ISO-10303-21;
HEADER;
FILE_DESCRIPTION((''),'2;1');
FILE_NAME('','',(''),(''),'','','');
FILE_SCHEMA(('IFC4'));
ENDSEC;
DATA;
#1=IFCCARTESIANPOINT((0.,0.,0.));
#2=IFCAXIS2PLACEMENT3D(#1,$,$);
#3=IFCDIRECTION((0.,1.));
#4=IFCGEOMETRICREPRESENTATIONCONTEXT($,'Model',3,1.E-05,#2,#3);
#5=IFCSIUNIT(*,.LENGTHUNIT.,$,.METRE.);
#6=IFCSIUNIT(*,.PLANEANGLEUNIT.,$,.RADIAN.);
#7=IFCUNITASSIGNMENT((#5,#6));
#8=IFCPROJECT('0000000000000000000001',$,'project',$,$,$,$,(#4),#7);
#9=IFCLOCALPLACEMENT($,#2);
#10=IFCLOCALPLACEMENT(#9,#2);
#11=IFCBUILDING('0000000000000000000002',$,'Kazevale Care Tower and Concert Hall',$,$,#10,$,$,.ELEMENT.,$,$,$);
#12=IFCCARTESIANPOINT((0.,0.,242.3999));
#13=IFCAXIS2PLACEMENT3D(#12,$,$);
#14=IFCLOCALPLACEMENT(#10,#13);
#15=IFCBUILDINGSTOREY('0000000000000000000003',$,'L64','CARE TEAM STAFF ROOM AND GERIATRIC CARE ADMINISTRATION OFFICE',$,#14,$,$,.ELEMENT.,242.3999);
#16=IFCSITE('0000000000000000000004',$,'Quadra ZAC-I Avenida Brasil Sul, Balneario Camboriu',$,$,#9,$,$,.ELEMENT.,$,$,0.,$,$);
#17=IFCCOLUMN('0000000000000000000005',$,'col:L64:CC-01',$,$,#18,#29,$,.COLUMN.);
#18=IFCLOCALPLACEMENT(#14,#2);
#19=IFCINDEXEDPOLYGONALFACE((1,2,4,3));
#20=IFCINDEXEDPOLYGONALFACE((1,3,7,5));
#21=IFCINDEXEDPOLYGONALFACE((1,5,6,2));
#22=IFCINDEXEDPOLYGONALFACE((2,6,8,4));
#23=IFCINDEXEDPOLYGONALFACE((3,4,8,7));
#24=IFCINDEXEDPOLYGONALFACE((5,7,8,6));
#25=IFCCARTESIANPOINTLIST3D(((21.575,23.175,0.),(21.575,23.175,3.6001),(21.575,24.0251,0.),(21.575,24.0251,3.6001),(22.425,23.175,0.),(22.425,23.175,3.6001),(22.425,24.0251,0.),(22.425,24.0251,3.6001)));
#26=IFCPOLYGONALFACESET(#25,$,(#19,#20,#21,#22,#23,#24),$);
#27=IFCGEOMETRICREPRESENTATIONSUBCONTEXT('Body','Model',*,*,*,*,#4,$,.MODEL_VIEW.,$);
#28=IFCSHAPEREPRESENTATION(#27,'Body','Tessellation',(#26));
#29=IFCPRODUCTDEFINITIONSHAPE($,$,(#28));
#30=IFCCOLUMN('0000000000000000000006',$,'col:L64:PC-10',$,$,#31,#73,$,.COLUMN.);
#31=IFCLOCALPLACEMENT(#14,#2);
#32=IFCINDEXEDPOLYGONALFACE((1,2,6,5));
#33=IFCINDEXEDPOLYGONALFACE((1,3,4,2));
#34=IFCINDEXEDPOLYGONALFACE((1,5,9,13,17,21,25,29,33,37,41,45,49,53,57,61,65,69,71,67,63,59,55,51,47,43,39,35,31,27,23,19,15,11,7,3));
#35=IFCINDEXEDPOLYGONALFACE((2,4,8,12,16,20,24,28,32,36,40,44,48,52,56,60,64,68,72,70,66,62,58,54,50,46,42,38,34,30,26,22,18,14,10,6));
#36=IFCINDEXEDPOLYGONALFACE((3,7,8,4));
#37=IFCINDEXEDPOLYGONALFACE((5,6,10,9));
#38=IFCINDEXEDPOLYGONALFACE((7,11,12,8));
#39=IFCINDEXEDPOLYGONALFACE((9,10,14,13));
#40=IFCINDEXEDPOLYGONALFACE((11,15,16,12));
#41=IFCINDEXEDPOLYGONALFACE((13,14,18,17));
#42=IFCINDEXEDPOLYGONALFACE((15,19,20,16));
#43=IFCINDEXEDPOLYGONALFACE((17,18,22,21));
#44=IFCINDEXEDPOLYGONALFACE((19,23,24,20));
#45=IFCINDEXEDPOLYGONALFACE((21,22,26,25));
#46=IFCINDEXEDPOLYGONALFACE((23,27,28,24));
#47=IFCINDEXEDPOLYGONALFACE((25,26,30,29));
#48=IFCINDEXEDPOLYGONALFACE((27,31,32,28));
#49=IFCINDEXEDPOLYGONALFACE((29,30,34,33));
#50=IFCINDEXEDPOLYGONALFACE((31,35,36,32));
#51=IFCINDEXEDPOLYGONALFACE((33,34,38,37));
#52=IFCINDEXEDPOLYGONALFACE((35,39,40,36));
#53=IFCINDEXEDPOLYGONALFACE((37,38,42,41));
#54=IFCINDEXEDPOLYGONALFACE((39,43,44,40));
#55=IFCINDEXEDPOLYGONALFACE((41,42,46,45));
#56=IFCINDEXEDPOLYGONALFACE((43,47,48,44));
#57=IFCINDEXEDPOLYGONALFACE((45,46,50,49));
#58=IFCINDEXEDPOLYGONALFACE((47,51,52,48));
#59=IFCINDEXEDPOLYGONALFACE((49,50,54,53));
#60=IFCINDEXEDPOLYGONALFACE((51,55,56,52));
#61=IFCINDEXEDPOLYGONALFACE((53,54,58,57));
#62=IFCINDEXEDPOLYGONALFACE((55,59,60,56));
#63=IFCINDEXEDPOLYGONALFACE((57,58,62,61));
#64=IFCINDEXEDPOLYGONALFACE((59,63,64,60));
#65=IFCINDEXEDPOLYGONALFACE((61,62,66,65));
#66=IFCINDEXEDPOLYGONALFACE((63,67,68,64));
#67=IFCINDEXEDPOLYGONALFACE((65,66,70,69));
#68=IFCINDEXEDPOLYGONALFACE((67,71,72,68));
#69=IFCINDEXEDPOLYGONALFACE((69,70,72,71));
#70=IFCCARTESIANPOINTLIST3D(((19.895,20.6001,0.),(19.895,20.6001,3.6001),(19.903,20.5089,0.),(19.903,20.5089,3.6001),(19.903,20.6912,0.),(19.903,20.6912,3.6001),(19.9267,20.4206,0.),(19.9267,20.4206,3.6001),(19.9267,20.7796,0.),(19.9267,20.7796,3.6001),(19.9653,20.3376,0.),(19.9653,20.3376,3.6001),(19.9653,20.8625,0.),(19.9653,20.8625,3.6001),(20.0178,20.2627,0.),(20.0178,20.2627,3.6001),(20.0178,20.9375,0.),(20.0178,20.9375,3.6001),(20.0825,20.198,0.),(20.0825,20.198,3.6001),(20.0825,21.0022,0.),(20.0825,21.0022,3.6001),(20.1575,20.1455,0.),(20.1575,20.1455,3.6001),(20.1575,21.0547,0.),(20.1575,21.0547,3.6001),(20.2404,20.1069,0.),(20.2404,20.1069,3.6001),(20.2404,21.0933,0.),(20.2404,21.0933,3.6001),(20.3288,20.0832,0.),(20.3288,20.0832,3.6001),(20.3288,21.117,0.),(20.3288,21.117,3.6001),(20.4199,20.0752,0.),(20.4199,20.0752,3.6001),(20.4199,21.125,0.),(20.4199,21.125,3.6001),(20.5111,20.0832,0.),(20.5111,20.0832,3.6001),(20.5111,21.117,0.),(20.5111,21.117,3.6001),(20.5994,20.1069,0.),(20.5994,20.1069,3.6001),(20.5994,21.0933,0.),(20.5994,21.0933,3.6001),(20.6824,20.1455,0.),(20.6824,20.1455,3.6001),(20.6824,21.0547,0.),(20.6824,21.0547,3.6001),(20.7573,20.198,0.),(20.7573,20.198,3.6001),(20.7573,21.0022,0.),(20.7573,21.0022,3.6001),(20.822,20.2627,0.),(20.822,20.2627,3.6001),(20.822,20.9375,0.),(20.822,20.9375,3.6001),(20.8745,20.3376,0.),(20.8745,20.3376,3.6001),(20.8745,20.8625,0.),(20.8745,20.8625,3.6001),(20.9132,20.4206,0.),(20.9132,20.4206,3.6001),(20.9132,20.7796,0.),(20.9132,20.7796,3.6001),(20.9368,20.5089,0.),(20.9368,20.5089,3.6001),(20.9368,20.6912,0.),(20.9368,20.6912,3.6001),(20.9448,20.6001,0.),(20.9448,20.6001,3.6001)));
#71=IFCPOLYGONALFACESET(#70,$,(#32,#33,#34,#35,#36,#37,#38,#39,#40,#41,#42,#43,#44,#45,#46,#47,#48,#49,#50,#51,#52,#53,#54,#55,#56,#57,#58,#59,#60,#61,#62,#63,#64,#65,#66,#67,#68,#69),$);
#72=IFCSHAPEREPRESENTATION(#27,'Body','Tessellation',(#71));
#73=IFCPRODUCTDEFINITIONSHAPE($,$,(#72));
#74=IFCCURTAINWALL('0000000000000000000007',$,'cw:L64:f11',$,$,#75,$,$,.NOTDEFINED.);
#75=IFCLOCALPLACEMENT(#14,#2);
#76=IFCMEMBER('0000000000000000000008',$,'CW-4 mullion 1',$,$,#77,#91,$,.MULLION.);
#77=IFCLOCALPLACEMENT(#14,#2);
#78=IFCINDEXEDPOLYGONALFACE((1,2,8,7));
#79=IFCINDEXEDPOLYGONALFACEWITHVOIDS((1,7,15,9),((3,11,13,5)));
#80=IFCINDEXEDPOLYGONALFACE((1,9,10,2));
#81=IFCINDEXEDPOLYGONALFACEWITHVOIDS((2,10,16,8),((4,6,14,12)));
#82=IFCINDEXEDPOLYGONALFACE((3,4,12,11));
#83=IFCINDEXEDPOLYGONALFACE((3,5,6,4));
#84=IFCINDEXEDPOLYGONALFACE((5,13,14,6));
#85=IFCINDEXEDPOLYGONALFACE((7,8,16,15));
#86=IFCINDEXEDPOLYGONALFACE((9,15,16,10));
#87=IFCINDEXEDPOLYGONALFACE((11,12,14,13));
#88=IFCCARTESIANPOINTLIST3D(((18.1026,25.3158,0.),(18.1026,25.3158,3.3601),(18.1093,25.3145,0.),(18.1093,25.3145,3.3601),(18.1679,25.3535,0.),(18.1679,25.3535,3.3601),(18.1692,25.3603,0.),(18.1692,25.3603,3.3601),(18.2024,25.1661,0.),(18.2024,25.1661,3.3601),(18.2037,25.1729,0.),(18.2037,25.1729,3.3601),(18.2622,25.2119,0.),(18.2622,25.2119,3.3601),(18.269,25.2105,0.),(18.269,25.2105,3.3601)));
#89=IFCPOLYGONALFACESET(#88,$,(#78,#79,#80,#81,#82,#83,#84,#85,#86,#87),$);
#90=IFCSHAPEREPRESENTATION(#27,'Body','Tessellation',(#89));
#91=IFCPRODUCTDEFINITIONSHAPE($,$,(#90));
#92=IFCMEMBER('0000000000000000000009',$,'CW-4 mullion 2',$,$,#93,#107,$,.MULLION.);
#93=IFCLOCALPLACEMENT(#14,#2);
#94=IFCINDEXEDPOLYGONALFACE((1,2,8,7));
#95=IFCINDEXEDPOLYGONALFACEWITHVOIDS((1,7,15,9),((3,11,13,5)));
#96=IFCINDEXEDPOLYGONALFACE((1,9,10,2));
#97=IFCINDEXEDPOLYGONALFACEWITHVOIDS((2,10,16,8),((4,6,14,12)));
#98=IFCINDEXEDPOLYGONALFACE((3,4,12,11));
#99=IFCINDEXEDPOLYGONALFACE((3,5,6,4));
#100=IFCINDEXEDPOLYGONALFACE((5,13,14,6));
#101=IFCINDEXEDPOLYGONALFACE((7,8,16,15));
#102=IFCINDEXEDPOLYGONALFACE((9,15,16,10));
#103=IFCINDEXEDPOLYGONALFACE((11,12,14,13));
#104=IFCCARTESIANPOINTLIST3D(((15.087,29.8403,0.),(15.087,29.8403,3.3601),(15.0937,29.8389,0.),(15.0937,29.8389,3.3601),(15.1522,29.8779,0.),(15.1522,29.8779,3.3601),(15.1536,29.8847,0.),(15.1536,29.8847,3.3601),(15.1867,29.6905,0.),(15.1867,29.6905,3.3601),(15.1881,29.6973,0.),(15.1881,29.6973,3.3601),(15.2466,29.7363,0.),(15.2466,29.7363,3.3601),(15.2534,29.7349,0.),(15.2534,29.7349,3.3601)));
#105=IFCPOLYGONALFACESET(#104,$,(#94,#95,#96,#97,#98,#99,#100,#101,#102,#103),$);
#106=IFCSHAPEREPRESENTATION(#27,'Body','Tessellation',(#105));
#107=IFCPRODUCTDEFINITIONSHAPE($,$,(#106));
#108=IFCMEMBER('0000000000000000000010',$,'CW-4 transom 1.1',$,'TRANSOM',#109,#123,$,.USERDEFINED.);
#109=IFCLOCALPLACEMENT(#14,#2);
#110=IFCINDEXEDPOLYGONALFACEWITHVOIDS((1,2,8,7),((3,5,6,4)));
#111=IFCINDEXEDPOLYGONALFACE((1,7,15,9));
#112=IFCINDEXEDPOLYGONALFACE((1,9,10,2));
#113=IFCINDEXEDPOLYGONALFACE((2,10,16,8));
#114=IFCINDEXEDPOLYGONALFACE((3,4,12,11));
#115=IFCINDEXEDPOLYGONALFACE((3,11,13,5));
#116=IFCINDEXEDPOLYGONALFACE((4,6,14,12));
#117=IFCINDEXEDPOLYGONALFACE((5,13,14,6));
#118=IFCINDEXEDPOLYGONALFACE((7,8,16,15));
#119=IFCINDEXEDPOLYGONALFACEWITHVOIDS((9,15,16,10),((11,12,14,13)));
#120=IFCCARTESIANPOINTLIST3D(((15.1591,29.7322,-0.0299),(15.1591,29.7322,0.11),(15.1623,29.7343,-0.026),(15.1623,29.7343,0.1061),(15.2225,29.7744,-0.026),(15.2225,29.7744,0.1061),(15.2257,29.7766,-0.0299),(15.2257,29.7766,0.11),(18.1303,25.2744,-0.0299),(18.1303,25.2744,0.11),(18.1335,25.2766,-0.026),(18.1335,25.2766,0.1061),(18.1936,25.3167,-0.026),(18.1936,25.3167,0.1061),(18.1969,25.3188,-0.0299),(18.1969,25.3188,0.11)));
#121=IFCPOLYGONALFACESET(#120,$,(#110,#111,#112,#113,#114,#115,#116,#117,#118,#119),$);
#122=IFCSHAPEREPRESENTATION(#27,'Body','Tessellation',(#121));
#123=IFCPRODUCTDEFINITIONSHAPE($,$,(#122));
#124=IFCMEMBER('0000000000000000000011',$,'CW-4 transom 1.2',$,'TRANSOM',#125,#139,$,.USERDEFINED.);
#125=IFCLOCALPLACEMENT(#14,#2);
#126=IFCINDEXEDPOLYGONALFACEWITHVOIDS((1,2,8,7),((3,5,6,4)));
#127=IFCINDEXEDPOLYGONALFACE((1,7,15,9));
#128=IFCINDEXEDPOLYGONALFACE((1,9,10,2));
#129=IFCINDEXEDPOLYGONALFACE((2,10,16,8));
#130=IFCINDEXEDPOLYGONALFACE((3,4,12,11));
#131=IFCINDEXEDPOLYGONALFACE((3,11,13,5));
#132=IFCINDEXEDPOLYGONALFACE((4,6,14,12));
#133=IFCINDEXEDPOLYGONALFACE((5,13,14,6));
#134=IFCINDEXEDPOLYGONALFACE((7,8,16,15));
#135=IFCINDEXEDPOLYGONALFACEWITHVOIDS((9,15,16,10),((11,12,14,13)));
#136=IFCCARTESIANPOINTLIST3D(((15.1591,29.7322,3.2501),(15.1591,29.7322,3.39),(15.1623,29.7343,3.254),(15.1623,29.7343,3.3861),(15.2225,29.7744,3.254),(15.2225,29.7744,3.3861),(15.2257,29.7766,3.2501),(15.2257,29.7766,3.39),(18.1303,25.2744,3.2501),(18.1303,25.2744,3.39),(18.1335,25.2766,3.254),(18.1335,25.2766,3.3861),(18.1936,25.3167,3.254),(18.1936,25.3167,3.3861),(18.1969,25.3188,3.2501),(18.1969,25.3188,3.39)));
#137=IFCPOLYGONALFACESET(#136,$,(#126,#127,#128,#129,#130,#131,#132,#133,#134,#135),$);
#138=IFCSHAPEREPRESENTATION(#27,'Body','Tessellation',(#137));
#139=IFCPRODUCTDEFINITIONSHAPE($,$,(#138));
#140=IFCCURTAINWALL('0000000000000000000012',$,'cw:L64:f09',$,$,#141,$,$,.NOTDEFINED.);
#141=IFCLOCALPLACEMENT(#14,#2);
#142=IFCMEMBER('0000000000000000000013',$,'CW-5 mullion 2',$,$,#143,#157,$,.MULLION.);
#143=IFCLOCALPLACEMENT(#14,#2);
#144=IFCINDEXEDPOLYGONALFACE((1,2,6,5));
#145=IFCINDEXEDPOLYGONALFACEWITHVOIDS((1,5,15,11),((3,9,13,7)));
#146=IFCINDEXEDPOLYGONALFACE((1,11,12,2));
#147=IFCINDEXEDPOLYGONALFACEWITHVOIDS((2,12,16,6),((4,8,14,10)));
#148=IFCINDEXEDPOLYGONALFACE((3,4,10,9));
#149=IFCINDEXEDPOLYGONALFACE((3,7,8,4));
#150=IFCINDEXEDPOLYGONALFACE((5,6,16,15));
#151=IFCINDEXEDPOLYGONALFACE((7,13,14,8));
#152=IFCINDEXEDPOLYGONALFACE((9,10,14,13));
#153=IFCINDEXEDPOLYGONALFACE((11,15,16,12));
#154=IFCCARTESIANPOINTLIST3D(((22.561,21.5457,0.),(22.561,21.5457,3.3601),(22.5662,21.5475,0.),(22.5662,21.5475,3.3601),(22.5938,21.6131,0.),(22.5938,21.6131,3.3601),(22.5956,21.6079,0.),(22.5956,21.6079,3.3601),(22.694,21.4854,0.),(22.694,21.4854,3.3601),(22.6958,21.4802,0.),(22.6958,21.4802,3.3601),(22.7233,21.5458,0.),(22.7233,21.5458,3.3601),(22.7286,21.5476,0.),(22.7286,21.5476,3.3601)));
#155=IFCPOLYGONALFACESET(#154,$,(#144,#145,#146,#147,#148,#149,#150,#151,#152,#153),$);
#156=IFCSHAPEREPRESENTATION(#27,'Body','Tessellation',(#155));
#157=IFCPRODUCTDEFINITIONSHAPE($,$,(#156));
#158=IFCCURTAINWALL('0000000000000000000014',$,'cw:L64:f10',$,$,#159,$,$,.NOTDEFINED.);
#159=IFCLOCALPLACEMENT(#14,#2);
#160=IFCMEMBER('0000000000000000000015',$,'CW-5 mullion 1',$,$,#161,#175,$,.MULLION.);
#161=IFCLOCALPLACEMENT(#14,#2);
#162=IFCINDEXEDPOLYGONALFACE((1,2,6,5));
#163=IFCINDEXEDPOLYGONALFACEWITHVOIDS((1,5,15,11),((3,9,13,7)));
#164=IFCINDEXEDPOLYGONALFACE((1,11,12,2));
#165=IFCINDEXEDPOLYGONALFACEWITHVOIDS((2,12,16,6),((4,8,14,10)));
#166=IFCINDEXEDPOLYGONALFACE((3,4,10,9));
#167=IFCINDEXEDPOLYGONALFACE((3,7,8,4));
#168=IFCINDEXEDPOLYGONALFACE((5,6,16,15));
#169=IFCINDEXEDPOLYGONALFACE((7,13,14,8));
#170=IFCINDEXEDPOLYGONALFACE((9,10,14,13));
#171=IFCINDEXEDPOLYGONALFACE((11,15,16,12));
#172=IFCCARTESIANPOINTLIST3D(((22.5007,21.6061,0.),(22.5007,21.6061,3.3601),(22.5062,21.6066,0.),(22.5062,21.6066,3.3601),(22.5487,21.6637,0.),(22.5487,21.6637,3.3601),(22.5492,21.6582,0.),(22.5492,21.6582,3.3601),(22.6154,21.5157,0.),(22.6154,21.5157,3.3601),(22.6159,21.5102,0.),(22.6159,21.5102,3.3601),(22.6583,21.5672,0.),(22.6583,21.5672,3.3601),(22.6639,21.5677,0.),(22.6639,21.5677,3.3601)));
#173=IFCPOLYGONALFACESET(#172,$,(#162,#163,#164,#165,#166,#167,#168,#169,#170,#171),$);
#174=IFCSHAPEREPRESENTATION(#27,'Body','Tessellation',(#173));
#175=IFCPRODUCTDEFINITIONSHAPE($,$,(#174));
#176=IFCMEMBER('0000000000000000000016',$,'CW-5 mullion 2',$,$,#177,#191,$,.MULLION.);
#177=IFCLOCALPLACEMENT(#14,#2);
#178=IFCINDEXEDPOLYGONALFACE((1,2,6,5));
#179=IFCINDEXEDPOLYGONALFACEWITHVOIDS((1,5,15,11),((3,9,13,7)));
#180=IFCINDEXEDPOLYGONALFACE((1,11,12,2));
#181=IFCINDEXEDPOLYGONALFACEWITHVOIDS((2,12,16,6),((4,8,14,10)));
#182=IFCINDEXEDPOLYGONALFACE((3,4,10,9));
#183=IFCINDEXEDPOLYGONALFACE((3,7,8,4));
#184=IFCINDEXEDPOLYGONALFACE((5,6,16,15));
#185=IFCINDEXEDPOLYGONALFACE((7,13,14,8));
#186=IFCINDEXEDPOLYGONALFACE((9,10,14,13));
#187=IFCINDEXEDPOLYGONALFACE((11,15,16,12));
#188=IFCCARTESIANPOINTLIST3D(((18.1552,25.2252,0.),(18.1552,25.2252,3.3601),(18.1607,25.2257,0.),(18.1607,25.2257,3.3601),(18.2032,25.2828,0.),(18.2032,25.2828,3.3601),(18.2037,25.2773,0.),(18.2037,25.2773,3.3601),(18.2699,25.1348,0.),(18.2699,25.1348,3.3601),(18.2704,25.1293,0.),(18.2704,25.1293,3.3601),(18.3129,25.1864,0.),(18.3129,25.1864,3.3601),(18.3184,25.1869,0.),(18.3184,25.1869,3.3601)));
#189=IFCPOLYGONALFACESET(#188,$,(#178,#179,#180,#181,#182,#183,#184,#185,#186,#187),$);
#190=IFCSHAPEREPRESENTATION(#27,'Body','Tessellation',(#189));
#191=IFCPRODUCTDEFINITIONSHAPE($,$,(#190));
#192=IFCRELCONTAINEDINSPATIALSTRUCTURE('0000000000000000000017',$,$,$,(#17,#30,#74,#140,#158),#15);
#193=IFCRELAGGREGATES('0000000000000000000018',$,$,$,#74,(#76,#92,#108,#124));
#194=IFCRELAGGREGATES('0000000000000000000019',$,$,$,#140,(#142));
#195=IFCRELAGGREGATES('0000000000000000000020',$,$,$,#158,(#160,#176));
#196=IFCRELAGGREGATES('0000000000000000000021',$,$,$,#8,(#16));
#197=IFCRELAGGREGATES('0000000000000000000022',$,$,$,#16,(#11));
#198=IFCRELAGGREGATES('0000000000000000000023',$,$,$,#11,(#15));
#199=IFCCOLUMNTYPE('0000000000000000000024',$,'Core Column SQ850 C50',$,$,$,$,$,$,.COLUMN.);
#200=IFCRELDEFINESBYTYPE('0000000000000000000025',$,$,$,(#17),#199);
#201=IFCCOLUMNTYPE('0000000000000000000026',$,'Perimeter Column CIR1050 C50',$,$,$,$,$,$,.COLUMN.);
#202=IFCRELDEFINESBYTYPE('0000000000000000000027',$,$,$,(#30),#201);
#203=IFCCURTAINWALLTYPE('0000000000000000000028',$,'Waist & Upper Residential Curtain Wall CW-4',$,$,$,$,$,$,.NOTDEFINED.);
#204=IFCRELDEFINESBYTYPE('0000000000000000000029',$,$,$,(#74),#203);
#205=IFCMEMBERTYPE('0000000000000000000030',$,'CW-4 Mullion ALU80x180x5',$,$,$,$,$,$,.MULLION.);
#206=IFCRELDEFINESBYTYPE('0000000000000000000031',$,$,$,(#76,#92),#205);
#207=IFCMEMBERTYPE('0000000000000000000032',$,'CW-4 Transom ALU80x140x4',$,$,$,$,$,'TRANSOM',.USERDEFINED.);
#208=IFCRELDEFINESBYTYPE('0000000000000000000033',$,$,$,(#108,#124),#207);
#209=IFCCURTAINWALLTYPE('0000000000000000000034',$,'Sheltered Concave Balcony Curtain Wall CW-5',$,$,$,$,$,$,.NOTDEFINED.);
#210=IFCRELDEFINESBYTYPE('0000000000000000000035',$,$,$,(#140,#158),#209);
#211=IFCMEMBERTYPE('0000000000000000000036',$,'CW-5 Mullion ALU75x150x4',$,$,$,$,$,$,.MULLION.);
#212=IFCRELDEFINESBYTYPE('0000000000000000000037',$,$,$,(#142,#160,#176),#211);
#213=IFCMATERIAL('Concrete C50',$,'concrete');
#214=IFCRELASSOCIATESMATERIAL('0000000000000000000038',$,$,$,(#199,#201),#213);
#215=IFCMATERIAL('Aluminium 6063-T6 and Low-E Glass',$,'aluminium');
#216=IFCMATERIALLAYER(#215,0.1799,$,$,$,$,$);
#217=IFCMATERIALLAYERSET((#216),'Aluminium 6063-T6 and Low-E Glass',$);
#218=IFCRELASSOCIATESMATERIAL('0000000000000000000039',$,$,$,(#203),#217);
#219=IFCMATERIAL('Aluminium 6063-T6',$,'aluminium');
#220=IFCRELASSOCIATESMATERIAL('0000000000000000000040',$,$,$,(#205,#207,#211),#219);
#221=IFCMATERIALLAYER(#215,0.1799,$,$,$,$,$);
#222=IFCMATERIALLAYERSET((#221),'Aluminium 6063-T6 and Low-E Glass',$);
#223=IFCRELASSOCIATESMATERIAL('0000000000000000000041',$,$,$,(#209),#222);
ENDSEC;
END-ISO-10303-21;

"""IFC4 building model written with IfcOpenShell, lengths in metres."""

from ifc_helpers import new_model, si_unit, direction, frame, origin, origin_2d, place, context, subcontext, project, spatial, rectangle, hollow_rectangle, circle, extrude, material, layer, layer_set, material_profile, profile_set, type_object, element, aggregate, save


model = new_model("IFC4")

# Units and contexts
model_context = context("Model", 3, precision=1e-05, world=origin(), true_north=direction((0.0, 1.0)))
body_context = subcontext(model_context, "Body", "Model", "MODEL_VIEW")
ifc_project = project(units=[si_unit("LENGTHUNIT", "METRE"), si_unit("PLANEANGLEUNIT", "RADIAN")], contexts=[model_context])

# Site, building, storey
site_placement = place(None, origin())
site = spatial("IfcSite", under=ifc_project, at=site_placement, Name="Quadra ZAC-I Avenida Brasil Sul, Balneario Camboriu", CompositionType="ELEMENT", RefElevation=0.0)
building_placement = place(site_placement, origin())
building = spatial("IfcBuilding", under=site, at=building_placement, Name="Kazevale Care Tower and Concert Hall", CompositionType="ELEMENT")
storey_placement = place(building_placement, frame((0.0, 0.0, 242.3999)))
storey = spatial("IfcBuildingStorey", under=building, at=storey_placement, Name="L64", Description="CARE TEAM STAFF ROOM AND GERIATRIC CARE ADMINISTRATION OFFICE", CompositionType="ELEMENT", Elevation=242.3999)

# Columns
ifc_material_1 = material(Name="Concrete C50", Category="concrete")
ifc_material_profile_1 = material_profile(ifc_material_1, rectangle(XDim=0.8501, YDim=0.8501, at=origin_2d()), Name="RC-SQ850")
ifc_profile_set_1 = profile_set([ifc_material_profile_1], Name="Concrete C50")
column_type_1 = type_object("IfcColumnType", Name="Core Column SQ850 C50", PredefinedType="COLUMN", material=ifc_profile_set_1)
column_1_placement = place(storey_placement, frame((22.0, 23.6001, 0.0), z_axis=(0.0, 0.0, 1.0), x_axis=(1.0, 0.0, 0.0)))
element("IfcColumn", 1, at=column_1_placement, inside=storey, type_object=column_type_1, Name="col:L64:CC-01", PredefinedType="COLUMN", context=body_context, shape_type="SweptSolid", body=[
    extrude(rectangle(XDim=0.8501, YDim=0.8501, at=origin_2d()), origin(), (0.0, 0.0, 1.0), 3.6001),
])
ifc_material_profile_2 = material_profile(ifc_material_1, circle(Radius=0.5249, at=origin_2d()), Name="RC-CIR1050")
ifc_profile_set_2 = profile_set([ifc_material_profile_2], Name="Concrete C50")
column_type_2 = type_object("IfcColumnType", Name="Perimeter Column CIR1050 C50", PredefinedType="COLUMN", material=ifc_profile_set_2)
column_2_placement = place(storey_placement, frame((20.4199, 20.6001, 0.0), z_axis=(0.0, 0.0, 1.0), x_axis=(1.0, 0.0, 0.0)))
element("IfcColumn", 2, at=column_2_placement, inside=storey, type_object=column_type_2, Name="col:L64:PC-10", PredefinedType="COLUMN", context=body_context, shape_type="SweptSolid", body=[
    extrude(circle(Radius=0.5249, at=origin_2d()), origin(), (0.0, 0.0, 1.0), 3.6001),
])

# Curtain wall, members
ifc_material_2 = material(Name="Aluminium 6063-T6 and Low-E Glass", Category="aluminium")
ifc_layer_1 = layer(ifc_material_2, 0.1799)
ifc_layer_set_1 = layer_set([ifc_layer_1], Name="Aluminium 6063-T6 and Low-E Glass")
curtain_wall_type_1 = type_object("IfcCurtainWallType", Name="Waist & Upper Residential Curtain Wall CW-4", PredefinedType="NOTDEFINED", material=ifc_layer_set_1)
curtain_wall_1_placement = place(storey_placement, origin())
curtain_wall_1 = element("IfcCurtainWall", 3, at=curtain_wall_1_placement, inside=storey, type_object=curtain_wall_type_1, Name="cw:L64:f11", PredefinedType="NOTDEFINED")
ifc_material_3 = material(Name="Aluminium 6063-T6", Category="aluminium")
ifc_material_profile_3 = material_profile(ifc_material_3, hollow_rectangle(XDim=0.0801, YDim=0.1799, WallThickness=0.0049, at=origin_2d()), Name="ALU80x180x5")
ifc_profile_set_3 = profile_set([ifc_material_profile_3], Name="Aluminium 6063-T6")
member_type_1 = type_object("IfcMemberType", Name="CW-4 Mullion ALU80x180x5", PredefinedType="MULLION", material=ifc_profile_set_3)
member_1_placement = place(storey_placement, frame((18.1858, 25.2632, 0.0), z_axis=(0.0, 0.0, 1.0), x_axis=(-0.832106, -0.554617, 0.0)))
member_1 = element("IfcMember", 4, at=member_1_placement, type_object=member_type_1, Name="CW-4 mullion 1", PredefinedType="MULLION", context=body_context, shape_type="SweptSolid", body=[
    extrude(hollow_rectangle(XDim=0.0801, YDim=0.1799, WallThickness=0.0049, at=origin_2d()), origin(), (0.0, 0.0, 1.0), 3.3601),
])
member_2_placement = place(storey_placement, frame((15.1702, 29.7876, 0.0), z_axis=(0.0, 0.0, 1.0), x_axis=(-0.832106, -0.554617, 0.0)))
member_2 = element("IfcMember", 5, at=member_2_placement, type_object=member_type_1, Name="CW-4 mullion 2", PredefinedType="MULLION", context=body_context, shape_type="SweptSolid", body=[
    extrude(hollow_rectangle(XDim=0.0801, YDim=0.1799, WallThickness=0.0049, at=origin_2d()), origin(), (0.0, 0.0, 1.0), 3.3601),
])
ifc_material_profile_4 = material_profile(ifc_material_3, hollow_rectangle(XDim=0.0801, YDim=0.1399, WallThickness=0.0039, at=origin_2d()), Name="ALU80x140x4")
ifc_profile_set_4 = profile_set([ifc_material_profile_4], Name="Aluminium 6063-T6")
member_type_2 = type_object("IfcMemberType", Name="CW-4 Transom ALU80x140x4", ElementType="TRANSOM", PredefinedType="USERDEFINED", material=ifc_profile_set_4)
member_3_placement = place(storey_placement, frame((18.1636, 25.2966, 0.04), z_axis=(-0.554616, 0.832106, 0.0), x_axis=(-0.832106, -0.554616, 0.0)))
member_3 = element("IfcMember", 6, at=member_3_placement, type_object=member_type_2, Name="CW-4 transom 1.1", ObjectType="TRANSOM", PredefinedType="USERDEFINED", context=body_context, shape_type="SweptSolid", body=[
    extrude(hollow_rectangle(XDim=0.0801, YDim=0.1399, WallThickness=0.0039, at=origin_2d()), origin(), (0.0, 0.0, 1.0), 5.3572),
])
member_4_placement = place(storey_placement, frame((18.1636, 25.2966, 3.3201), z_axis=(-0.554616, 0.832106, 0.0), x_axis=(-0.832106, -0.554616, 0.0)))
member_4 = element("IfcMember", 7, at=member_4_placement, type_object=member_type_2, Name="CW-4 transom 1.2", ObjectType="TRANSOM", PredefinedType="USERDEFINED", context=body_context, shape_type="SweptSolid", body=[
    extrude(hollow_rectangle(XDim=0.0801, YDim=0.1399, WallThickness=0.0039, at=origin_2d()), origin(), (0.0, 0.0, 1.0), 5.3572),
])

# Curtain wall, member
ifc_layer_2 = layer(ifc_material_2, 0.1799)
ifc_layer_set_2 = layer_set([ifc_layer_2], Name="Aluminium 6063-T6 and Low-E Glass")
curtain_wall_type_2 = type_object("IfcCurtainWallType", Name="Sheltered Concave Balcony Curtain Wall CW-5", PredefinedType="NOTDEFINED", material=ifc_layer_set_2)
curtain_wall_2_placement = place(storey_placement, origin())
curtain_wall_2 = element("IfcCurtainWall", 8, at=curtain_wall_2_placement, inside=storey, type_object=curtain_wall_type_2, Name="cw:L64:f09", PredefinedType="NOTDEFINED")
ifc_material_profile_5 = material_profile(ifc_material_3, hollow_rectangle(XDim=0.075, YDim=0.1499, WallThickness=0.0039, at=origin_2d()), Name="ALU75x150x4")
ifc_profile_set_5 = profile_set([ifc_material_profile_5], Name="Aluminium 6063-T6")
member_type_3 = type_object("IfcMemberType", Name="CW-5 Mullion ALU75x150x4", PredefinedType="MULLION", material=ifc_profile_set_5)
member_5_placement = place(storey_placement, frame((22.6448, 21.5466, 0.0), z_axis=(0.0, 0.0, 1.0), x_axis=(-0.437238, -0.899346, 0.0)))
member_5 = element("IfcMember", 9, at=member_5_placement, type_object=member_type_3, Name="CW-5 mullion 2", PredefinedType="MULLION", context=body_context, shape_type="SweptSolid", body=[
    extrude(hollow_rectangle(XDim=0.075, YDim=0.1499, WallThickness=0.0039, at=origin_2d()), origin(), (0.0, 0.0, 1.0), 3.3601),
])

# Curtain wall, members
curtain_wall_3_placement = place(storey_placement, origin())
curtain_wall_3 = element("IfcCurtainWall", 10, at=curtain_wall_3_placement, inside=storey, type_object=curtain_wall_type_2, Name="cw:L64:f10", PredefinedType="NOTDEFINED")
member_6_placement = place(storey_placement, frame((22.5823, 21.5869, 0.0), z_axis=(0.0, 0.0, 1.0), x_axis=(-0.639961, -0.768407, 0.0)))
member_6 = element("IfcMember", 11, at=member_6_placement, type_object=member_type_3, Name="CW-5 mullion 1", PredefinedType="MULLION", context=body_context, shape_type="SweptSolid", body=[
    extrude(hollow_rectangle(XDim=0.075, YDim=0.1499, WallThickness=0.0039, at=origin_2d()), origin(), (0.0, 0.0, 1.0), 3.3601),
])
member_7_placement = place(storey_placement, frame((18.2368, 25.2061, 0.0), z_axis=(0.0, 0.0, 1.0), x_axis=(-0.639961, -0.768407, 0.0)))
member_7 = element("IfcMember", 12, at=member_7_placement, type_object=member_type_3, Name="CW-5 mullion 2", PredefinedType="MULLION", context=body_context, shape_type="SweptSolid", body=[
    extrude(hollow_rectangle(XDim=0.075, YDim=0.1499, WallThickness=0.0039, at=origin_2d()), origin(), (0.0, 0.0, 1.0), 3.3601),
])

aggregate(curtain_wall_1, [member_1, member_2, member_3, member_4])
aggregate(curtain_wall_2, [member_5])
aggregate(curtain_wall_3, [member_6, member_7])

save(model, "model.ifc")
